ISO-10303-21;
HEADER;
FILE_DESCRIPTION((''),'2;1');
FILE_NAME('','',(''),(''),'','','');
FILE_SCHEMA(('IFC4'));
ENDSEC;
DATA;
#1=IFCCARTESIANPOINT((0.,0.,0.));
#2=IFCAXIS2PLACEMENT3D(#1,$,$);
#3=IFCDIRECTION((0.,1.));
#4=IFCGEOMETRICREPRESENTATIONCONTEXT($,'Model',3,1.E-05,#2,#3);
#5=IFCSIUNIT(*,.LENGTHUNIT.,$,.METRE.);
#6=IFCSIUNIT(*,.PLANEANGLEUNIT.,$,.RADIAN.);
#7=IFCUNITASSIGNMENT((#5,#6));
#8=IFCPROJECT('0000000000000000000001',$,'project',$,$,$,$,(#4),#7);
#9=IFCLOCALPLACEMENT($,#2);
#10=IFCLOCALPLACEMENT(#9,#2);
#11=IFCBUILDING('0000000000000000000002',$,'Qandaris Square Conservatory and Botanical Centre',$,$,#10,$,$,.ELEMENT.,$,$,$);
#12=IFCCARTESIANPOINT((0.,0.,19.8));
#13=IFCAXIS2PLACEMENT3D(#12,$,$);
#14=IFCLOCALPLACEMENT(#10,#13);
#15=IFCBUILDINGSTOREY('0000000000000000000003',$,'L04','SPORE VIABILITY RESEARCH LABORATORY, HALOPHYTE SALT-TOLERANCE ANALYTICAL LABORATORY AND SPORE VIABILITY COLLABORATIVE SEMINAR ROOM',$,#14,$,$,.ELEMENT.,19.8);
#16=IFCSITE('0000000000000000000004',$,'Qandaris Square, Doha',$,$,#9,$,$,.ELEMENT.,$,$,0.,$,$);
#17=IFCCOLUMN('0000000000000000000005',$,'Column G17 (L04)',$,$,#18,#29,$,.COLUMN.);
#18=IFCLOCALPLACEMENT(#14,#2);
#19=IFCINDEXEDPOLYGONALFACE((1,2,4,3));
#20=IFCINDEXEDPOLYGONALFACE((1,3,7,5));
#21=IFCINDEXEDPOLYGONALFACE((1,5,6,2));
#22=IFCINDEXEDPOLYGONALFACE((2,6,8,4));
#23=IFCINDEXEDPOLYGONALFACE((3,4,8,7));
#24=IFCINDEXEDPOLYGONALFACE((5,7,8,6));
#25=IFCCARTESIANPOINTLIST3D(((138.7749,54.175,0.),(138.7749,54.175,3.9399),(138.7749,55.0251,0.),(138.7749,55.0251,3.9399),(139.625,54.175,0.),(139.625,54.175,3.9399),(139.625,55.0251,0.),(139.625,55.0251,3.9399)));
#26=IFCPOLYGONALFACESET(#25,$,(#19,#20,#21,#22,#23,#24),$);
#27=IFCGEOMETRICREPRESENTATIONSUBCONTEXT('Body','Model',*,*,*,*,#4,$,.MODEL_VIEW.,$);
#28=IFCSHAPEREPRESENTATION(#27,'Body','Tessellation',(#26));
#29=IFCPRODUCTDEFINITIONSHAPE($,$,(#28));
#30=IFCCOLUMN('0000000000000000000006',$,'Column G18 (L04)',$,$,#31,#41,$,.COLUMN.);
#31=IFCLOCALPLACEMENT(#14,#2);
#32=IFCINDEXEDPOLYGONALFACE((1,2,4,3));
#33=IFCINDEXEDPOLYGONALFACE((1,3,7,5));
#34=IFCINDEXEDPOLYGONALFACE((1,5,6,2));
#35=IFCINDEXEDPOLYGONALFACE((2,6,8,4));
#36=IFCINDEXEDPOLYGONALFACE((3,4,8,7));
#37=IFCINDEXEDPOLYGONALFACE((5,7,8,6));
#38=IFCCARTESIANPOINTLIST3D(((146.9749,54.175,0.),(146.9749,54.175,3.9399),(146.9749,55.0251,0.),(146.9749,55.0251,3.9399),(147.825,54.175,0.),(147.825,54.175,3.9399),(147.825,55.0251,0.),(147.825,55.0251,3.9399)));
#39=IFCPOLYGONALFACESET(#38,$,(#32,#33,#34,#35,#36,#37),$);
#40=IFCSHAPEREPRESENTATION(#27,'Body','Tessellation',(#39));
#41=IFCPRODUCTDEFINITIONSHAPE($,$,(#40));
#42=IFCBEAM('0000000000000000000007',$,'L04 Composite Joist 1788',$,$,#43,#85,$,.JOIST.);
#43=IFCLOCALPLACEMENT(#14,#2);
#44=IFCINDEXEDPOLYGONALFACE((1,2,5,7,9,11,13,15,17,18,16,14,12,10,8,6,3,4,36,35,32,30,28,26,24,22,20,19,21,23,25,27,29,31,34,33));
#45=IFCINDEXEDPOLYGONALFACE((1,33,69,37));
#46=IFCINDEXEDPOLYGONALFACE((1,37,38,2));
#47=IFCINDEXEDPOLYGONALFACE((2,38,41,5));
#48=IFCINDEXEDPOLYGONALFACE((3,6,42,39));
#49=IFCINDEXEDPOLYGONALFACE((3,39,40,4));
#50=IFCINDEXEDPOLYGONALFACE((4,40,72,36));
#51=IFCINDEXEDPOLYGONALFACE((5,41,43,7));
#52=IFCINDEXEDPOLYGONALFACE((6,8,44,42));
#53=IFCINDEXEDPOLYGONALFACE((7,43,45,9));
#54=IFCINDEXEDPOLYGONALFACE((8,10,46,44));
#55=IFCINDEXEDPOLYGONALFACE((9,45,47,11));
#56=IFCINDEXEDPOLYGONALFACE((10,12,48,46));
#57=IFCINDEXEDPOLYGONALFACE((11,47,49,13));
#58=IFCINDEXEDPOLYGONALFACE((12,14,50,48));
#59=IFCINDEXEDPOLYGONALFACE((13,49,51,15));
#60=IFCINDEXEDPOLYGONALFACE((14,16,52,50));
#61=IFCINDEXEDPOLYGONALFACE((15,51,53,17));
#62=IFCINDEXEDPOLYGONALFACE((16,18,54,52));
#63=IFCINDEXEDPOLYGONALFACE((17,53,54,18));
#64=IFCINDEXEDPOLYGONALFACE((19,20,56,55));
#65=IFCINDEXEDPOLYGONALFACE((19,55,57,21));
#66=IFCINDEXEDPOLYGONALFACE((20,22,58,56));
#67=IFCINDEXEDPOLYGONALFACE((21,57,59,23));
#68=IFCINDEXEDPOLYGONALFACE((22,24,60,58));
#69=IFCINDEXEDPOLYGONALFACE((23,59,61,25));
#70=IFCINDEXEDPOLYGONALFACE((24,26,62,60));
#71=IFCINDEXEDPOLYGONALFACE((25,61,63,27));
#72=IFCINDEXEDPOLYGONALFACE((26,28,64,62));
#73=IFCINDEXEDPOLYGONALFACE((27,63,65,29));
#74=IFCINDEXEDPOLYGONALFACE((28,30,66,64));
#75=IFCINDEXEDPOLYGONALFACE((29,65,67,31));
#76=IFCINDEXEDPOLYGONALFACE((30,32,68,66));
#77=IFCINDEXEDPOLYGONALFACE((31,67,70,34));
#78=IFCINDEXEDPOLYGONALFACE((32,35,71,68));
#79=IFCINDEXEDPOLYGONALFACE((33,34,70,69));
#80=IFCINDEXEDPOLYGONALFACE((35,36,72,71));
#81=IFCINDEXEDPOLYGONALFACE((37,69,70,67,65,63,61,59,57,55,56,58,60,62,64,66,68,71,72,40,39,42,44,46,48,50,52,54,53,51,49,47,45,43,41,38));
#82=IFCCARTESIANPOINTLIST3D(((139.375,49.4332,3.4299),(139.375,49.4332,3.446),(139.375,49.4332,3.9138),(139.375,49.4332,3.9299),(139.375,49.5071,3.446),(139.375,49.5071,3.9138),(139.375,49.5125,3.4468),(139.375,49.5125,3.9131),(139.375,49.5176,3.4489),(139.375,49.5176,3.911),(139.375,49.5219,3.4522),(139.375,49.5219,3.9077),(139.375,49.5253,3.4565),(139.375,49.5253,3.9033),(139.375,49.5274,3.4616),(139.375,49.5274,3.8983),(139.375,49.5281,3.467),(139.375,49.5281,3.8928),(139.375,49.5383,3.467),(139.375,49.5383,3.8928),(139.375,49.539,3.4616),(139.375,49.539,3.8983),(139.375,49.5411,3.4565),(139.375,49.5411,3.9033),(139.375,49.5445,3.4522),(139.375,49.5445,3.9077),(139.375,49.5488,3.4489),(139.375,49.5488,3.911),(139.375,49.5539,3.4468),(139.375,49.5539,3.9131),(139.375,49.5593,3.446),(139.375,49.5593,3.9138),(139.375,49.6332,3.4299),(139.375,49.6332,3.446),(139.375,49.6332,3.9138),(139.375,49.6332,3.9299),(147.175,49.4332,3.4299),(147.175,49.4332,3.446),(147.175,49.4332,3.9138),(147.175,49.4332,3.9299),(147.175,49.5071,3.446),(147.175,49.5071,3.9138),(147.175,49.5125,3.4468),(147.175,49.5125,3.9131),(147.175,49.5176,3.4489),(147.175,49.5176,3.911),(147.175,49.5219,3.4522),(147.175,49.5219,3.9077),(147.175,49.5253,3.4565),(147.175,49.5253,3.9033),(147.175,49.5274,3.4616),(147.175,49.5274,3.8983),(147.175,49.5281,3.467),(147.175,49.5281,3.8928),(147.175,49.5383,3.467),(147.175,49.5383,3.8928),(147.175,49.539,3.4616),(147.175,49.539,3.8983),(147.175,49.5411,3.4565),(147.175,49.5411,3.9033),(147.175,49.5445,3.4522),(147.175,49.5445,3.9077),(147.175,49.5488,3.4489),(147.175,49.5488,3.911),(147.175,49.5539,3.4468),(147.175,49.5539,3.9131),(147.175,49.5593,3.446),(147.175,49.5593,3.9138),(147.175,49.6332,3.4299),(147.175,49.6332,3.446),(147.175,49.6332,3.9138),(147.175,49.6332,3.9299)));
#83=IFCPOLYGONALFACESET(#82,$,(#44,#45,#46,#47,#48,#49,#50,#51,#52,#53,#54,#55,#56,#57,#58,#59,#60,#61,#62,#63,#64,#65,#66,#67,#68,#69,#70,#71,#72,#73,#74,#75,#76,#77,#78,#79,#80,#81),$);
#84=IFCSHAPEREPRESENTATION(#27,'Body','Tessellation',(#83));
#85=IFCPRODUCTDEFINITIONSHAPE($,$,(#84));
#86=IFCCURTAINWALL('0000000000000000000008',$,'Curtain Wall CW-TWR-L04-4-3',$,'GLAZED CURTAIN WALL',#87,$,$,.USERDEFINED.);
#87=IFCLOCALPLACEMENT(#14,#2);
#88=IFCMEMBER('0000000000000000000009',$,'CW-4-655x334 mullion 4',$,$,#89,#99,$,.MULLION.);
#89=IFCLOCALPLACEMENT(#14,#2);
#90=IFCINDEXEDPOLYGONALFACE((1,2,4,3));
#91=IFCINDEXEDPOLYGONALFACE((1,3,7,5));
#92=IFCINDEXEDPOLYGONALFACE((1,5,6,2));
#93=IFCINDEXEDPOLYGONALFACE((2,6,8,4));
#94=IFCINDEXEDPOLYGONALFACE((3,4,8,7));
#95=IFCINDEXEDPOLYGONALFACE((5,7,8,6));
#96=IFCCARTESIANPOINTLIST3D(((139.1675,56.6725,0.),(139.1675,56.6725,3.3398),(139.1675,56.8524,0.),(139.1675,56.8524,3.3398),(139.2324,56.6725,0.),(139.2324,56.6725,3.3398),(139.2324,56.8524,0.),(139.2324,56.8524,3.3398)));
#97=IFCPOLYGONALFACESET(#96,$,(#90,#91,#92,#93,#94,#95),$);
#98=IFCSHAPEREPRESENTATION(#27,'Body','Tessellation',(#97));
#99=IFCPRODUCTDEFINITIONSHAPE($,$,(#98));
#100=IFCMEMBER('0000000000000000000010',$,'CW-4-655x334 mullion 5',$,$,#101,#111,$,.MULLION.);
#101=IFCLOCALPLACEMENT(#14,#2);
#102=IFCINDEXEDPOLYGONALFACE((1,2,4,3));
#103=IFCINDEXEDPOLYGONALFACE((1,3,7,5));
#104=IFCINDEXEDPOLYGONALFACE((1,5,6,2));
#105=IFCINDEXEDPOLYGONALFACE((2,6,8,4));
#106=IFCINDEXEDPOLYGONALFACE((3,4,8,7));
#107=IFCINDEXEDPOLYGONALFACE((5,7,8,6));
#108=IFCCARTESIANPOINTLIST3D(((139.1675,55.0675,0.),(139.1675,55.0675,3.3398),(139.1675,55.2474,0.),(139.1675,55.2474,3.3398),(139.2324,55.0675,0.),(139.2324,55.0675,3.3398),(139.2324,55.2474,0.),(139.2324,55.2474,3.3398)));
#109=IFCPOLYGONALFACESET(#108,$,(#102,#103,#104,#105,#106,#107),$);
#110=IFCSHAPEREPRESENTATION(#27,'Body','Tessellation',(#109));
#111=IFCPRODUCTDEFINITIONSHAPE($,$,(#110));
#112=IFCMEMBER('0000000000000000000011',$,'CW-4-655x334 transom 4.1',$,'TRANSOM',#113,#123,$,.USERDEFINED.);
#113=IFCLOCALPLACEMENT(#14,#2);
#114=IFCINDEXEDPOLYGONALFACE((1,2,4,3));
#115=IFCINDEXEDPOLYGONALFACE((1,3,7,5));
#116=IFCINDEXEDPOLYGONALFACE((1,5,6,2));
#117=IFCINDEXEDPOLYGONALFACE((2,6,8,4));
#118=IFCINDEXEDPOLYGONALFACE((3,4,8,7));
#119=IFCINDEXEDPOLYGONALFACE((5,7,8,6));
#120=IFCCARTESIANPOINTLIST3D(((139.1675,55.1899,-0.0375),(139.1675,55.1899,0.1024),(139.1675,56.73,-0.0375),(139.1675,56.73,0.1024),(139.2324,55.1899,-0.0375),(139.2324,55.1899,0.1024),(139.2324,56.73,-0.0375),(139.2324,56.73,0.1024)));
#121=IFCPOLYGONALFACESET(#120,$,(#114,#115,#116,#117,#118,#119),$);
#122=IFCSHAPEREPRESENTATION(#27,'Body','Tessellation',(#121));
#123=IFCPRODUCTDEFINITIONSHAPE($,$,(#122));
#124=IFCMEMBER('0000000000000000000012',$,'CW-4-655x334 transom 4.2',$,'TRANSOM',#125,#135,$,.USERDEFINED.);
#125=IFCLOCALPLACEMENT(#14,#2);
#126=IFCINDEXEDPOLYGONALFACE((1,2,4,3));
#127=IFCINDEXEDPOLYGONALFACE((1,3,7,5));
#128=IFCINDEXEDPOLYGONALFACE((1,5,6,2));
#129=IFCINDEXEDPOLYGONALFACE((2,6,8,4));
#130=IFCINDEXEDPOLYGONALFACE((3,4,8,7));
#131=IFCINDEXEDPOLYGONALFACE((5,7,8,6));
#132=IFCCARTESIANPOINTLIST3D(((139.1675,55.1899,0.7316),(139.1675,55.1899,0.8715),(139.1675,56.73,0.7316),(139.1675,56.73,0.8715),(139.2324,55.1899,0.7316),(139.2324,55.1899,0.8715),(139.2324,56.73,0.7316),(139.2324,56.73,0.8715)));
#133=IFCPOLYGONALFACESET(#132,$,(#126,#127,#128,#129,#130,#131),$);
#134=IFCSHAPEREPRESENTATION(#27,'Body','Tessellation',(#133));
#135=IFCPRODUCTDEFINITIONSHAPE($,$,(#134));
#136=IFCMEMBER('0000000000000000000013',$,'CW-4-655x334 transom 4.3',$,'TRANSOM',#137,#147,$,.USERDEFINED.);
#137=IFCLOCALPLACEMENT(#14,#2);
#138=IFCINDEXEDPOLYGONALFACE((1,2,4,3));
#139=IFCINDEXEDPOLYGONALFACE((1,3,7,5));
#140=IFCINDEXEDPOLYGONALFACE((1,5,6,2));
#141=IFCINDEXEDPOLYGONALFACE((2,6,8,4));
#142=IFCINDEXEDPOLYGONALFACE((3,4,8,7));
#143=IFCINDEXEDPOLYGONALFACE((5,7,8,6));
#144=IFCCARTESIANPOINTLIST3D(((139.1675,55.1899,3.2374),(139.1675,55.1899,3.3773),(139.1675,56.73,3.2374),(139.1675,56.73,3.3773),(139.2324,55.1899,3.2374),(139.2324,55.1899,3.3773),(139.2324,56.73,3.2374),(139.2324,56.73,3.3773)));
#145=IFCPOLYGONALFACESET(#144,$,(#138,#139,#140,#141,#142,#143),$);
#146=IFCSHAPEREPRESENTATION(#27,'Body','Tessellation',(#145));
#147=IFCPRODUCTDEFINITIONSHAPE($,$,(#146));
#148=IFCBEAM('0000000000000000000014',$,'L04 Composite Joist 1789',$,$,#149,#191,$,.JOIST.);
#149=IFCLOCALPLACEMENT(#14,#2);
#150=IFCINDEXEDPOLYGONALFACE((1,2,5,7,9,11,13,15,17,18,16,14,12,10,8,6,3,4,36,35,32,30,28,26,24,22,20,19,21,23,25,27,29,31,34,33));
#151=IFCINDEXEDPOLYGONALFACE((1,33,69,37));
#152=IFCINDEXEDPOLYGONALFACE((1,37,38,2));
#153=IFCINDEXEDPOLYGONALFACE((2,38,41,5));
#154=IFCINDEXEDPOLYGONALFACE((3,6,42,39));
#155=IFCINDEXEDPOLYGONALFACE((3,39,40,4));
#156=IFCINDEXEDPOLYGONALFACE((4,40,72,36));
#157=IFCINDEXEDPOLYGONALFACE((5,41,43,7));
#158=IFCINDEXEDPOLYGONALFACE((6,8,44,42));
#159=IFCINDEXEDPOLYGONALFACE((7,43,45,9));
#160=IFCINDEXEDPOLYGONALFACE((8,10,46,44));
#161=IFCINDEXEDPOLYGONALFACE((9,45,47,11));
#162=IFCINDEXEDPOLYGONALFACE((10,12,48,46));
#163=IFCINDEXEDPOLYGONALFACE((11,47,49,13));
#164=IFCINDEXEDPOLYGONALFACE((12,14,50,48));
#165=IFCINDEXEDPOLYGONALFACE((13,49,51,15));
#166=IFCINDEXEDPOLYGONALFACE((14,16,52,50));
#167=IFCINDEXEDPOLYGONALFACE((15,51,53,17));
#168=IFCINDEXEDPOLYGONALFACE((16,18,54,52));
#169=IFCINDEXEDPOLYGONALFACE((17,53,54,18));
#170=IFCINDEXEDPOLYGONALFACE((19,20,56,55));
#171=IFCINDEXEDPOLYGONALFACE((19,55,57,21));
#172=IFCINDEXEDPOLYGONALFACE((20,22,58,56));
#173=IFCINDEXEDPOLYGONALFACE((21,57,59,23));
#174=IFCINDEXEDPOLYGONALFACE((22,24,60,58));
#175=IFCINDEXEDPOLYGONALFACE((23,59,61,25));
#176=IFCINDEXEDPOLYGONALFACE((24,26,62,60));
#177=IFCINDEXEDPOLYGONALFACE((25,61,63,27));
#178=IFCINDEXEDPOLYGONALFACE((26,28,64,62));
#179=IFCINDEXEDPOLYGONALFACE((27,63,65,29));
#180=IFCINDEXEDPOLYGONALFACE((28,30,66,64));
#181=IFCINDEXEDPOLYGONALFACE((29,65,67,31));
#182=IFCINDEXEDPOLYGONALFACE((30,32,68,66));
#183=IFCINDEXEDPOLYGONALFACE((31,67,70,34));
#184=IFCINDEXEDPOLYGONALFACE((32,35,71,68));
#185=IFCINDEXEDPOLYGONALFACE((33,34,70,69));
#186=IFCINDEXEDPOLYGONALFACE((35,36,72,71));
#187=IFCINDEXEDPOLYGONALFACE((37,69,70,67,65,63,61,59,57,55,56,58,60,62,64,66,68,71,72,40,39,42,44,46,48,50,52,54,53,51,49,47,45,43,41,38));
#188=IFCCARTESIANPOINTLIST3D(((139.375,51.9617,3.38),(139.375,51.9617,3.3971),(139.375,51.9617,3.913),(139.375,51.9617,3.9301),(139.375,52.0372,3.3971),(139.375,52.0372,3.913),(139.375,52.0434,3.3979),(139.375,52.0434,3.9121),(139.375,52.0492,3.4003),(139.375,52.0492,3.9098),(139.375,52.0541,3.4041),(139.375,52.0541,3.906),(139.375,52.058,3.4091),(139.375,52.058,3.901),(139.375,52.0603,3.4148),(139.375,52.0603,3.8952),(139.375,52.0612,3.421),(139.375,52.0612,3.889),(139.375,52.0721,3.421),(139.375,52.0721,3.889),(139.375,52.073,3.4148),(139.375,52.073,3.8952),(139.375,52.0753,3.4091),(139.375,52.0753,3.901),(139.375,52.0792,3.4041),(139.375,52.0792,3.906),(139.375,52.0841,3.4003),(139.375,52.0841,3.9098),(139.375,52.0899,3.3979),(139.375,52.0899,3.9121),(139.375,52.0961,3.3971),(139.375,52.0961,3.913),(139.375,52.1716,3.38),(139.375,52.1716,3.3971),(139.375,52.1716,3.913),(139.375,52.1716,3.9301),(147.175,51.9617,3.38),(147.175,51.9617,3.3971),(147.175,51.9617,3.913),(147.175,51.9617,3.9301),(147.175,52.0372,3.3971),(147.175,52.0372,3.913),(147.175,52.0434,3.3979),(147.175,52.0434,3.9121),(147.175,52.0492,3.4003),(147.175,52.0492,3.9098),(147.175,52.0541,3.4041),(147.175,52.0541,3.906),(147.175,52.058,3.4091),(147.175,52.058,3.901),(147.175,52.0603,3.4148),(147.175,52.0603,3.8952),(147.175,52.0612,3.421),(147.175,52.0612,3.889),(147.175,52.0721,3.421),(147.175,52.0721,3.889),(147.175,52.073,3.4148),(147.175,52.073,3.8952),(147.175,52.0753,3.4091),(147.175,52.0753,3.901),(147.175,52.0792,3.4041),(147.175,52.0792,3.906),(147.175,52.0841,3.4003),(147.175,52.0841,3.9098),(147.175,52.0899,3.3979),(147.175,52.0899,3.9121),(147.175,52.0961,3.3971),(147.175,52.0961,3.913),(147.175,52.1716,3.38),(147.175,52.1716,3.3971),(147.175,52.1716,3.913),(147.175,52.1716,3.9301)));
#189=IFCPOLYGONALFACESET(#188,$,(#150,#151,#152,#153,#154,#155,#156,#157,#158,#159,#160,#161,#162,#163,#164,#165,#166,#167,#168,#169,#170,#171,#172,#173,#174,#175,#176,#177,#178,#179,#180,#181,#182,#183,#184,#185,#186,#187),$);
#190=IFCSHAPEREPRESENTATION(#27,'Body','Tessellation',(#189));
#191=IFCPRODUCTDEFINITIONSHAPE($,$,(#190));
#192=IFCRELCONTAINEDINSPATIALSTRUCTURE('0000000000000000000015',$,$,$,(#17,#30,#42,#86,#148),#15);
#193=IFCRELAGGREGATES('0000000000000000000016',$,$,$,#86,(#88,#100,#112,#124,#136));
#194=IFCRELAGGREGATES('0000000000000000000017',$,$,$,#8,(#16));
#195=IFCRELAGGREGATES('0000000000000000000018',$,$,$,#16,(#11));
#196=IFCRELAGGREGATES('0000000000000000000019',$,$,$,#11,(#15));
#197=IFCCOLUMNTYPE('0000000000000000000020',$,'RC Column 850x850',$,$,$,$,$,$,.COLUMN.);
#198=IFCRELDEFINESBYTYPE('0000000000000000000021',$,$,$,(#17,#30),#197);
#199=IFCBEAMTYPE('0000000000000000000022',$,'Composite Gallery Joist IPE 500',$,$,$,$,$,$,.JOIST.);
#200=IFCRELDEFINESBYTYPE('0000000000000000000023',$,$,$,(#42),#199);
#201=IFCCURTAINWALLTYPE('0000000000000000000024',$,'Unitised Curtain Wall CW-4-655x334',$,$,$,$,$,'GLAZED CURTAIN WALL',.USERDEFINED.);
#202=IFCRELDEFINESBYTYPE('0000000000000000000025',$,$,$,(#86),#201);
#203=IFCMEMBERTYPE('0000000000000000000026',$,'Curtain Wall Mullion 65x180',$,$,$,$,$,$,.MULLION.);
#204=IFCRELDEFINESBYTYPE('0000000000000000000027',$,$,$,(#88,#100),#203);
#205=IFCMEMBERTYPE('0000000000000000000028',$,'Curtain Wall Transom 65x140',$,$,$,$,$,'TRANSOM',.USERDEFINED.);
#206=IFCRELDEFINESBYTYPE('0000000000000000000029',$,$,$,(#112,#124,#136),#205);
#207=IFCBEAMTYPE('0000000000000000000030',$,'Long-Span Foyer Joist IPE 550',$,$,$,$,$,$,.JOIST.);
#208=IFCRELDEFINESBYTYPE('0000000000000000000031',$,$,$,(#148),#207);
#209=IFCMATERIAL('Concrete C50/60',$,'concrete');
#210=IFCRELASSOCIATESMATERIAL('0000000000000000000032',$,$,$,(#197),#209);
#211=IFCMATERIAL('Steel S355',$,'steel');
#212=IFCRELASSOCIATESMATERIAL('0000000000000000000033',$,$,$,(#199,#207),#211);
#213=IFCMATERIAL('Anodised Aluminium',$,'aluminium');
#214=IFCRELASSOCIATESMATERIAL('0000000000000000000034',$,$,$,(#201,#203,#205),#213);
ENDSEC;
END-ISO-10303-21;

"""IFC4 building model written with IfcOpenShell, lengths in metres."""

from ifc_helpers import new_model, si_unit, direction, frame, origin, origin_2d, place, context, subcontext, project, spatial, rectangle, i_section, extrude, material, material_profile, profile_set, type_object, element, aggregate, save


model = new_model("IFC4")

# Units and contexts
model_context = context("Model", 3, precision=1e-05, world=origin(), true_north=direction((0.0, 1.0)))
body_context = subcontext(model_context, "Body", "Model", "MODEL_VIEW")
ifc_project = project(units=[si_unit("LENGTHUNIT", "METRE"), si_unit("PLANEANGLEUNIT", "RADIAN")], contexts=[model_context])

# Site, building, storey
site_placement = place(None, origin())
site = spatial("IfcSite", under=ifc_project, at=site_placement, Name="Qandaris Square, Doha", CompositionType="ELEMENT", RefElevation=0.0)
building_placement = place(site_placement, origin())
building = spatial("IfcBuilding", under=site, at=building_placement, Name="Qandaris Square Conservatory and Botanical Centre", CompositionType="ELEMENT")
storey_placement = place(building_placement, frame((0.0, 0.0, 19.8)))
storey = spatial("IfcBuildingStorey", under=building, at=storey_placement, Name="L04", Description="SPORE VIABILITY RESEARCH LABORATORY, HALOPHYTE SALT-TOLERANCE ANALYTICAL LABORATORY AND SPORE VIABILITY COLLABORATIVE SEMINAR ROOM", CompositionType="ELEMENT", Elevation=19.8)

# Columns
ifc_material_1 = material(Name="Concrete C50/60", Category="concrete")
ifc_material_profile_1 = material_profile(ifc_material_1, rectangle(XDim=0.8501, YDim=0.8501, at=origin_2d()), Name="RC-COL 850x850")
ifc_profile_set_1 = profile_set([ifc_material_profile_1], Name="Concrete C50/60")
column_type = type_object("IfcColumnType", Name="RC Column 850x850", PredefinedType="COLUMN", material=ifc_profile_set_1)
for number, where, z_axis, x_axis, name in (
    (1, (139.2, 54.6001, 0.0), (0.0, 0.0, 1.0), (1.0, 0.0, 0.0), "Column G17 (L04)"),
    (2, (147.3999, 54.6001, 0.0), (0.0, 0.0, 1.0), (1.0, 0.0, 0.0), "Column G18 (L04)"),
):
    element("IfcColumn", number, at=place(storey_placement, frame(where, z_axis=z_axis, x_axis=x_axis)), inside=storey, type_object=column_type, Name=name, PredefinedType="COLUMN", context=body_context, shape_type="SweptSolid", body=[
        extrude(rectangle(XDim=0.8501, YDim=0.8501, at=origin_2d()), origin(), (0.0, 0.0, 1.0), 3.9399),
    ])

# Beam
ifc_material_2 = material(Name="Steel S355", Category="steel")
ifc_material_profile_2 = material_profile(ifc_material_2, i_section(OverallWidth=0.2, OverallDepth=0.5, WebThickness=0.0103, FlangeThickness=0.0161, FilletRadius=0.021, at=origin_2d()), Name="IPE 500")
ifc_profile_set_2 = profile_set([ifc_material_profile_2], Name="Steel S355")
beam_type_1 = type_object("IfcBeamType", Name="Composite Gallery Joist IPE 500", PredefinedType="JOIST", material=ifc_profile_set_2)
beam_1_placement = place(storey_placement, frame((139.375, 49.5332, 3.6799), z_axis=(1.0, 0.0, 0.0), x_axis=(0.0, 1.0, 0.0)))
element("IfcBeam", 3, at=beam_1_placement, inside=storey, type_object=beam_type_1, Name="L04 Composite Joist 1788", PredefinedType="JOIST", context=body_context, shape_type="SweptSolid", body=[
    extrude(i_section(OverallWidth=0.2, OverallDepth=0.5, WebThickness=0.0103, FlangeThickness=0.0161, FilletRadius=0.021, at=origin_2d()), origin(), (0.0, 0.0, 1.0), 7.8),
])

# Curtain wall, members
ifc_material_3 = material(Name="Anodised Aluminium", Category="aluminium")
curtain_wall_type = type_object("IfcCurtainWallType", Name="Unitised Curtain Wall CW-4-655x334", ElementType="GLAZED CURTAIN WALL", PredefinedType="USERDEFINED", material=ifc_material_3)
curtain_wall_placement = place(storey_placement, origin())
curtain_wall = element("IfcCurtainWall", 4, at=curtain_wall_placement, inside=storey, type_object=curtain_wall_type, Name="Curtain Wall CW-TWR-L04-4-3", ObjectType="GLAZED CURTAIN WALL", PredefinedType="USERDEFINED")
ifc_material_profile_3 = material_profile(ifc_material_3, rectangle(XDim=0.0649, YDim=0.1799, at=origin_2d()), Name="ALU-MUL 65x180")
ifc_profile_set_3 = profile_set([ifc_material_profile_3], Name="Anodised Aluminium")
member_type_1 = type_object("IfcMemberType", Name="Curtain Wall Mullion 65x180", PredefinedType="MULLION", material=ifc_profile_set_3)
member_1_placement = place(storey_placement, frame((139.2, 56.7625, 0.0), z_axis=(0.0, 0.0, 1.0), x_axis=(1.0, 0.0, 0.0)))
member_1 = element("IfcMember", 5, at=member_1_placement, type_object=member_type_1, Name="CW-4-655x334 mullion 4", PredefinedType="MULLION", context=body_context, shape_type="SweptSolid", body=[
    extrude(rectangle(XDim=0.0649, YDim=0.1799, at=origin_2d()), origin(), (0.0, 0.0, 1.0), 3.3398),
])
member_2_placement = place(storey_placement, frame((139.2, 55.1575, 0.0), z_axis=(0.0, 0.0, 1.0), x_axis=(1.0, 0.0, 0.0)))
member_2 = element("IfcMember", 6, at=member_2_placement, type_object=member_type_1, Name="CW-4-655x334 mullion 5", PredefinedType="MULLION", context=body_context, shape_type="SweptSolid", body=[
    extrude(rectangle(XDim=0.0649, YDim=0.1799, at=origin_2d()), origin(), (0.0, 0.0, 1.0), 3.3398),
])
ifc_material_profile_4 = material_profile(ifc_material_3, rectangle(XDim=0.0649, YDim=0.1399, at=origin_2d()), Name="ALU-TRN 65x140")
ifc_profile_set_4 = profile_set([ifc_material_profile_4], Name="Anodised Aluminium")
member_type_2 = type_object("IfcMemberType", Name="Curtain Wall Transom 65x140", ElementType="TRANSOM", PredefinedType="USERDEFINED", material=ifc_profile_set_4)
member_3_placement = place(storey_placement, frame((139.2, 56.73, 0.0325), z_axis=(0.0, -1.0, 0.0), x_axis=(1.0, 0.0, 0.0)))
member_3 = element("IfcMember", 7, at=member_3_placement, type_object=member_type_2, Name="CW-4-655x334 transom 4.1", ObjectType="TRANSOM", PredefinedType="USERDEFINED", context=body_context, shape_type="SweptSolid", body=[
    extrude(rectangle(XDim=0.0649, YDim=0.1399, at=origin_2d()), origin(), (0.0, 0.0, 1.0), 1.54),
])
member_4_placement = place(storey_placement, frame((139.2, 56.73, 0.8015), z_axis=(0.0, -1.0, 0.0), x_axis=(1.0, 0.0, 0.0)))
member_4 = element("IfcMember", 8, at=member_4_placement, type_object=member_type_2, Name="CW-4-655x334 transom 4.2", ObjectType="TRANSOM", PredefinedType="USERDEFINED", context=body_context, shape_type="SweptSolid", body=[
    extrude(rectangle(XDim=0.0649, YDim=0.1399, at=origin_2d()), origin(), (0.0, 0.0, 1.0), 1.54),
])
member_5_placement = place(storey_placement, frame((139.2, 56.73, 3.3074), z_axis=(0.0, -1.0, 0.0), x_axis=(1.0, 0.0, 0.0)))
member_5 = element("IfcMember", 9, at=member_5_placement, type_object=member_type_2, Name="CW-4-655x334 transom 4.3", ObjectType="TRANSOM", PredefinedType="USERDEFINED", context=body_context, shape_type="SweptSolid", body=[
    extrude(rectangle(XDim=0.0649, YDim=0.1399, at=origin_2d()), origin(), (0.0, 0.0, 1.0), 1.54),
])

# Beam
ifc_material_profile_5 = material_profile(ifc_material_2, i_section(OverallWidth=0.21, OverallDepth=0.55, WebThickness=0.011, FlangeThickness=0.0171, FilletRadius=0.0239, at=origin_2d()), Name="IPE 550")
ifc_profile_set_5 = profile_set([ifc_material_profile_5], Name="Steel S355")
beam_type_2 = type_object("IfcBeamType", Name="Long-Span Foyer Joist IPE 550", PredefinedType="JOIST", material=ifc_profile_set_5)
for number, where, z_axis, x_axis, name in (
    (10, (139.375, 52.0667, 3.655), (1.0, 0.0, 0.0), (0.0, 1.0, 0.0), "L04 Composite Joist 1789"),
):
    element("IfcBeam", number, at=place(storey_placement, frame(where, z_axis=z_axis, x_axis=x_axis)), inside=storey, type_object=beam_type_2, Name=name, PredefinedType="JOIST", context=body_context, shape_type="SweptSolid", body=[
        extrude(i_section(OverallWidth=0.21, OverallDepth=0.55, WebThickness=0.011, FlangeThickness=0.0171, FilletRadius=0.0239, at=origin_2d()), origin(), (0.0, 0.0, 1.0), 7.8),
    ])

aggregate(curtain_wall, [member_1, member_2, member_3, member_4, member_5])

save(model, "model.ifc")
